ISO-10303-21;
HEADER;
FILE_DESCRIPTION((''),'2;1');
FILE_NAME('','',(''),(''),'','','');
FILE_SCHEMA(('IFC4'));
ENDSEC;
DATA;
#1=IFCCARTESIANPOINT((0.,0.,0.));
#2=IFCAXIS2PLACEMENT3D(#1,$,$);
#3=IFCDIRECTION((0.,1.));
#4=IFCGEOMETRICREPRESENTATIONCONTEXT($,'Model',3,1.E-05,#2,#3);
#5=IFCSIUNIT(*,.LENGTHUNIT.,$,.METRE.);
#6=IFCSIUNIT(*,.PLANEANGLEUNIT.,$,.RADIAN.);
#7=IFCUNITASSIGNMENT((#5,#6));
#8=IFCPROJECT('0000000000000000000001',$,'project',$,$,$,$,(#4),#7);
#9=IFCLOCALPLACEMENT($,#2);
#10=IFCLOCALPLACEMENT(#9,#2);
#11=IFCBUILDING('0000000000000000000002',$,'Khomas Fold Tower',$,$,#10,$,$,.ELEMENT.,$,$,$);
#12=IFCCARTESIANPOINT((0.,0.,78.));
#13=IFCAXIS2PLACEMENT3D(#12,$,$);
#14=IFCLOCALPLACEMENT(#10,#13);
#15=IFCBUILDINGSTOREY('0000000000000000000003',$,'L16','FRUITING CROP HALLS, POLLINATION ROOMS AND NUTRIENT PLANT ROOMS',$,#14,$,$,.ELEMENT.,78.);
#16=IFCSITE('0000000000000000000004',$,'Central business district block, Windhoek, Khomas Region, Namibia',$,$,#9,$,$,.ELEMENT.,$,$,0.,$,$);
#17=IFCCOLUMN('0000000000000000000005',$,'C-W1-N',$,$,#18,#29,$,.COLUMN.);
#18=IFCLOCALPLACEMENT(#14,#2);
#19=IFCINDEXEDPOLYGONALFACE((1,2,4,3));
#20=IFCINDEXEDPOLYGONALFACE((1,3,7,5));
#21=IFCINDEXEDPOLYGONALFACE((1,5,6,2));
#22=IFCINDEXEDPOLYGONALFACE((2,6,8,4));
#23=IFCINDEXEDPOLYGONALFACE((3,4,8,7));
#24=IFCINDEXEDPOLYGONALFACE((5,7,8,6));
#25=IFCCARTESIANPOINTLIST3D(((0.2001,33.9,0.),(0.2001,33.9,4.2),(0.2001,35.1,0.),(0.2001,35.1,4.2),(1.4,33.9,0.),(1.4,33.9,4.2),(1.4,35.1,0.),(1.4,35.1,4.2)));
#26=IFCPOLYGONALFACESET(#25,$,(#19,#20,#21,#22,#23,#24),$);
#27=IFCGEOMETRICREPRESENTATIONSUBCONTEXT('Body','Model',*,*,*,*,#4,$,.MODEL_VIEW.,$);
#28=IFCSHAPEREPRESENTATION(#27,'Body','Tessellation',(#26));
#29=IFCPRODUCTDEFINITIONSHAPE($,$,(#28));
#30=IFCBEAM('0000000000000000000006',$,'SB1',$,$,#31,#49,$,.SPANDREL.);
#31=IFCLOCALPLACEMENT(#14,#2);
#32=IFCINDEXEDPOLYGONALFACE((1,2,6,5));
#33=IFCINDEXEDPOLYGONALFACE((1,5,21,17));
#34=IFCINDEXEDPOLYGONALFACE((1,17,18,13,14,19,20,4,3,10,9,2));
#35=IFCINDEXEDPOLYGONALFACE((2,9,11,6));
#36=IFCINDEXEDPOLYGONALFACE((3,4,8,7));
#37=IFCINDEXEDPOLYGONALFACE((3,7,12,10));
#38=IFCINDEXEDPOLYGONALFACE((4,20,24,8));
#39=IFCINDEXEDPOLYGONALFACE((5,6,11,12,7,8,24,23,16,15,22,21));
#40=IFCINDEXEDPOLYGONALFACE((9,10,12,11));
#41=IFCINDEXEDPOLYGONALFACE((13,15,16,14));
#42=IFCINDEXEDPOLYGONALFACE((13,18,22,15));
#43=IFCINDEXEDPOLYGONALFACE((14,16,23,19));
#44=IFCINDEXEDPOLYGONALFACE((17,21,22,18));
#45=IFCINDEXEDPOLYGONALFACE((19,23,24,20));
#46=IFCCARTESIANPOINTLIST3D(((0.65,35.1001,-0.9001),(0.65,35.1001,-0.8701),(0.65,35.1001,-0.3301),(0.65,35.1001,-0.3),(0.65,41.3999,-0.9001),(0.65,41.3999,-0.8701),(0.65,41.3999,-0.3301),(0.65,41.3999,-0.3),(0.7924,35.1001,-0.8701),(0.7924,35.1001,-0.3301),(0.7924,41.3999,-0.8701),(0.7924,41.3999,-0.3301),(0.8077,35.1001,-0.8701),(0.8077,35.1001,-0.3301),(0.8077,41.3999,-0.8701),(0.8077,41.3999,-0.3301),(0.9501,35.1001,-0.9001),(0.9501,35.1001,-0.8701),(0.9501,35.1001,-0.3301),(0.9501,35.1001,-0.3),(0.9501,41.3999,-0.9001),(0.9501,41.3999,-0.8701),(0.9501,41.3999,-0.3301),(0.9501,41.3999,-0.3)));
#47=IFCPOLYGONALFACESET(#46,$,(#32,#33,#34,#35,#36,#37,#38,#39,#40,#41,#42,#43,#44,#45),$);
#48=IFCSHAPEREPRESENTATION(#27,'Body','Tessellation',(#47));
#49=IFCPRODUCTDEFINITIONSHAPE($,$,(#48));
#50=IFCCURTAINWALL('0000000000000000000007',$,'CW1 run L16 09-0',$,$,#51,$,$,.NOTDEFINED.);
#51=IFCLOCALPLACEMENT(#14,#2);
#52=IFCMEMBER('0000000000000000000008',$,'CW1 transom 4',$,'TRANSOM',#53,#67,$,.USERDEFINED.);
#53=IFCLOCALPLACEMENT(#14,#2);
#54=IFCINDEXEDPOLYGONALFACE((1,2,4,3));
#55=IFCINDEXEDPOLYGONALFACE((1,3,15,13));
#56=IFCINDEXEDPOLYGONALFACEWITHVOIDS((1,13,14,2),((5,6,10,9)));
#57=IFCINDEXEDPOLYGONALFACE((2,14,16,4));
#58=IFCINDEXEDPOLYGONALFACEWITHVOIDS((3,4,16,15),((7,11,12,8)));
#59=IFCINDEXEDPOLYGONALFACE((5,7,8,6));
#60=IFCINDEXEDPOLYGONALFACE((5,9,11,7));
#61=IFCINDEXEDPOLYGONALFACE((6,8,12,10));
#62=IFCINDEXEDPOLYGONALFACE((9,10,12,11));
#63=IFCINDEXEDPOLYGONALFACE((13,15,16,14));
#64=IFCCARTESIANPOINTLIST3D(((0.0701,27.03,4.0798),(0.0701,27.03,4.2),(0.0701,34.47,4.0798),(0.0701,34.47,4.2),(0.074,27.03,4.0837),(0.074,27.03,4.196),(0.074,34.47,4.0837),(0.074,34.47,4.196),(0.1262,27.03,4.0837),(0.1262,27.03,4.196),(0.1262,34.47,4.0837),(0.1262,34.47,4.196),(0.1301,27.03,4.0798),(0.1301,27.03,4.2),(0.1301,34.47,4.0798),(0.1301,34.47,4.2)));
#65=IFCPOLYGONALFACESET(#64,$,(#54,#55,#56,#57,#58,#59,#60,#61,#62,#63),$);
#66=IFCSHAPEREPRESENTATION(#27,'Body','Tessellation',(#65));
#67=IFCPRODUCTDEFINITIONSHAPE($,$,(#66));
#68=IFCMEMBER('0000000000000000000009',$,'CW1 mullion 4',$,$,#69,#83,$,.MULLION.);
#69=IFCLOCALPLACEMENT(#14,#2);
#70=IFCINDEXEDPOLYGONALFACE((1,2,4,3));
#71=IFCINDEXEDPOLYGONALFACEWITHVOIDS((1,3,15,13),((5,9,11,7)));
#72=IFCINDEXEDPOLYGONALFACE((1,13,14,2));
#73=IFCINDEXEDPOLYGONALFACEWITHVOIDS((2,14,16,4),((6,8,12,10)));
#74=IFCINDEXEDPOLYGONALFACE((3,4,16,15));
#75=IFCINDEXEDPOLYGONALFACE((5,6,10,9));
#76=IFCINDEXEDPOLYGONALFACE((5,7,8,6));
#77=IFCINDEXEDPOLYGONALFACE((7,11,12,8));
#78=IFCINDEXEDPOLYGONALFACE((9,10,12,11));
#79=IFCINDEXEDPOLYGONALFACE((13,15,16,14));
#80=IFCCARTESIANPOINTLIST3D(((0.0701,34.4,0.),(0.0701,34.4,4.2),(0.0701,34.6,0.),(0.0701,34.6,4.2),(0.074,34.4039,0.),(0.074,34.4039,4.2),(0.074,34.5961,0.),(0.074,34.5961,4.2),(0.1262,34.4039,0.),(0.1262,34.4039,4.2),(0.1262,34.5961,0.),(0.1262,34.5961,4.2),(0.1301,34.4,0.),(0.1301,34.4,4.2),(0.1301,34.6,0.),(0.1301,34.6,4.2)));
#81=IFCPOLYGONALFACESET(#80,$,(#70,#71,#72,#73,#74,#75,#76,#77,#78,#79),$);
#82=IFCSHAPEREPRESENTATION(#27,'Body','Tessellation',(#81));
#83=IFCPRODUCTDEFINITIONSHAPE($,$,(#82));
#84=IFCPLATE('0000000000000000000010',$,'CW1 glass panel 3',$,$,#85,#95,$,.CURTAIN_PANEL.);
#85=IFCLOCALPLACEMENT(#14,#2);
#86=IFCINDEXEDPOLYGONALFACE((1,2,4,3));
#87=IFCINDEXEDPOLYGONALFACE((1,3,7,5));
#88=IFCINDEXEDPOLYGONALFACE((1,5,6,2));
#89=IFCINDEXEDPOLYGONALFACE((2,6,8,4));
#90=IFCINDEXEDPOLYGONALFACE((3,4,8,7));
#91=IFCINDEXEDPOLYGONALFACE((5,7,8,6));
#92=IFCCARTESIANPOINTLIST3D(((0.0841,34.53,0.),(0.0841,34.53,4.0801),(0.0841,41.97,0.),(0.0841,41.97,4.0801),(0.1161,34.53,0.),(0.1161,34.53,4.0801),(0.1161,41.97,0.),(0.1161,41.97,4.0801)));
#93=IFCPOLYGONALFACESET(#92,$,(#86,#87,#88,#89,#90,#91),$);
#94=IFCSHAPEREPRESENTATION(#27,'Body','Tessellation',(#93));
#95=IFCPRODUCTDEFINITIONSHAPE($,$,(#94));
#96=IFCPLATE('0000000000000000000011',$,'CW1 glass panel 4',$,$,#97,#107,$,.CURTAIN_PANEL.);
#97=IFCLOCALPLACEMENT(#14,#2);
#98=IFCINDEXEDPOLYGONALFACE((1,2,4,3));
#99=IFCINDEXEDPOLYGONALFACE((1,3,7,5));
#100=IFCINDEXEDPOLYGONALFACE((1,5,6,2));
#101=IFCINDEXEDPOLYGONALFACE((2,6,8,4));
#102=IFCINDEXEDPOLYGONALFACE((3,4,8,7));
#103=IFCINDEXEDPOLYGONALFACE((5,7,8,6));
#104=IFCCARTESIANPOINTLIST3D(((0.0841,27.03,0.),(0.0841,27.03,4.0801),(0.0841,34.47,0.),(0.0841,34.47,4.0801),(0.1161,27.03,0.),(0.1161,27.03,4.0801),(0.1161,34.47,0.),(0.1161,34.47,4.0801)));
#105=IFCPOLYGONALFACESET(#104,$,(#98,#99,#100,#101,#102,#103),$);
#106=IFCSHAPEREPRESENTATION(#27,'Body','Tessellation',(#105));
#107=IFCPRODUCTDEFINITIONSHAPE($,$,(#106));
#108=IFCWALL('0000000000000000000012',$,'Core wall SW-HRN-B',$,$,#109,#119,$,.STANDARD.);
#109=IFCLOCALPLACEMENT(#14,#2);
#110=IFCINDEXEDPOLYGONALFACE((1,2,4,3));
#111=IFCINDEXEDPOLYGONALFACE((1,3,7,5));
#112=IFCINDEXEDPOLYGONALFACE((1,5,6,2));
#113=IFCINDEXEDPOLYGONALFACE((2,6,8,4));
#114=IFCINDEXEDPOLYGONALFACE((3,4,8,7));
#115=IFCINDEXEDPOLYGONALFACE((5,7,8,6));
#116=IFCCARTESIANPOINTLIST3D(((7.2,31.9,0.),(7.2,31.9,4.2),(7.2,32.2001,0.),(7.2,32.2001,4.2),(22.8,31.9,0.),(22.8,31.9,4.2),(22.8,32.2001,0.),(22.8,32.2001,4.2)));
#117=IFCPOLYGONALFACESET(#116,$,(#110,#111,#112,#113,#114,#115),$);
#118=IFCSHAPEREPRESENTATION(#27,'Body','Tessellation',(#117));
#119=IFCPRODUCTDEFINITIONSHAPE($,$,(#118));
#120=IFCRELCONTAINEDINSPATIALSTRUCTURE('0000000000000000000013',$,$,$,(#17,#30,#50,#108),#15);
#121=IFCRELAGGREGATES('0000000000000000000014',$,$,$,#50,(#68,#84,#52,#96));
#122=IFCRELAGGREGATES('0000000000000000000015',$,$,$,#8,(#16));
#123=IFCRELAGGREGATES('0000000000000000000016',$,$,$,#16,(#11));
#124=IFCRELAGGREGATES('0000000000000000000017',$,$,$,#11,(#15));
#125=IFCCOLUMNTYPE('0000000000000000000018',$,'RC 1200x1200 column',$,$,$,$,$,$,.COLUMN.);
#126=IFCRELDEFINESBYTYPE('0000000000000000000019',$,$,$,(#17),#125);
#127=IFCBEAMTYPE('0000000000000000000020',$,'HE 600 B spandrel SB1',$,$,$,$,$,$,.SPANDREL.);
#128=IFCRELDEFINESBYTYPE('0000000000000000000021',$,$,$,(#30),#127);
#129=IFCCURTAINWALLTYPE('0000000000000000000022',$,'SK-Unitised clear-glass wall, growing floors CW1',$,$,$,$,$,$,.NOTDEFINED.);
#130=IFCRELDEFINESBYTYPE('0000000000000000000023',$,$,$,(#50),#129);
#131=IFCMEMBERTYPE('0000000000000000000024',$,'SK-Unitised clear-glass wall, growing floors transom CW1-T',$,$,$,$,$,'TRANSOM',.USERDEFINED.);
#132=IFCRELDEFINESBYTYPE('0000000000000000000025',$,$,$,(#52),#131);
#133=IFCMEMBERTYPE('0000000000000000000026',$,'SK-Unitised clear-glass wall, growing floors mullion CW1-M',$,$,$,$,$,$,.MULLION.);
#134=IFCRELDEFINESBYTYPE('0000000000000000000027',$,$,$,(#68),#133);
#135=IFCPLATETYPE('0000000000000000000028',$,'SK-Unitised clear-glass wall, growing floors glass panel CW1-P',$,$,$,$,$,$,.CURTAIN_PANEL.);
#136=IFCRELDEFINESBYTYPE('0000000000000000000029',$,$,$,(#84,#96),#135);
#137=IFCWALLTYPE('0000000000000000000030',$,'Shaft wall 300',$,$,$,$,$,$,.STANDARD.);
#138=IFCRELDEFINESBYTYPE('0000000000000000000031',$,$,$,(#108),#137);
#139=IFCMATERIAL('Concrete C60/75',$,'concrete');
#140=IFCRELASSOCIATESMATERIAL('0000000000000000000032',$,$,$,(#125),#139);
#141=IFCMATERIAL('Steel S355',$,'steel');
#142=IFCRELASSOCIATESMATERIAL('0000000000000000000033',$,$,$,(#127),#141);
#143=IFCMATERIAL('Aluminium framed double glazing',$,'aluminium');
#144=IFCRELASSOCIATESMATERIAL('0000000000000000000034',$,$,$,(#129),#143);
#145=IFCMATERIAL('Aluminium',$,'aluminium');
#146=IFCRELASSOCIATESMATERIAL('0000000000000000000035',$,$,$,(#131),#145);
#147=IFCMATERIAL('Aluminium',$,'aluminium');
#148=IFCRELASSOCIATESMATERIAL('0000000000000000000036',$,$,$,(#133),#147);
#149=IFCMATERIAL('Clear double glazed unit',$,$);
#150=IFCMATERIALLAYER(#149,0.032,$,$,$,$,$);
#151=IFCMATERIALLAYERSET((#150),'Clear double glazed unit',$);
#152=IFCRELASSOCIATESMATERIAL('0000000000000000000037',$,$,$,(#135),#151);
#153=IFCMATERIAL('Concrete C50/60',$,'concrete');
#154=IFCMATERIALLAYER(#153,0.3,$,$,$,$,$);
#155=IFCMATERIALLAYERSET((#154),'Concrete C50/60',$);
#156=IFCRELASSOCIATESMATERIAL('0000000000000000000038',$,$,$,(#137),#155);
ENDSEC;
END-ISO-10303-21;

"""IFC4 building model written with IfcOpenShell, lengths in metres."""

from ifc_helpers import new_model, si_unit, direction, frame, frame_2d, origin, origin_2d, place, context, subcontext, project, spatial, rectangle, hollow_rectangle, i_section, extrude, source, transform, mapped, material, layer, layer_set, material_profile, profile_set, type_object, element, aggregate, save


model = new_model("IFC4")

# Units and contexts
model_context = context("Model", 3, precision=1e-05, world=origin(), true_north=direction((0.0, 1.0)))
body_context = subcontext(model_context, "Body", "Model", "MODEL_VIEW")
ifc_project = project(units=[si_unit("LENGTHUNIT", "METRE"), si_unit("PLANEANGLEUNIT", "RADIAN")], contexts=[model_context])

# Site, building, storey
site_placement = place(None, origin())
site = spatial("IfcSite", under=ifc_project, at=site_placement, Name="Central business district block, Windhoek, Khomas Region, Namibia", CompositionType="ELEMENT", RefElevation=0.0)
building_placement = place(site_placement, origin())
building = spatial("IfcBuilding", under=site, at=building_placement, Name="Khomas Fold Tower", CompositionType="ELEMENT")
storey_placement = place(building_placement, frame((0.0, 0.0, 78.0)))
storey = spatial("IfcBuildingStorey", under=building, at=storey_placement, Name="L16", Description="FRUITING CROP HALLS, POLLINATION ROOMS AND NUTRIENT PLANT ROOMS", CompositionType="ELEMENT", Elevation=78.0)

# Column
ifc_material_1 = material(Name="Concrete C60/75", Category="concrete")
ifc_material_profile_1 = material_profile(ifc_material_1, rectangle(XDim=1.2, YDim=1.2, at=origin_2d()), Name="RC 1200x1200")
ifc_profile_set_1 = profile_set([ifc_material_profile_1], Name="Concrete C60/75")
column_type = type_object("IfcColumnType", Name="RC 1200x1200 column", PredefinedType="COLUMN", material=ifc_profile_set_1)
shared_shape_1 = source(origin(), body_context, "Body", "SweptSolid", [
    extrude(rectangle(XDim=1.2, YDim=1.2, at=origin_2d()), origin(), (0.0, 0.0, 1.0), 4.2),
])
column_placement = place(storey_placement, frame((0.8, 34.5, 0.0), z_axis=(0.0, 0.0, 1.0), x_axis=(1.0, 0.0, 0.0)))
element("IfcColumn", 1, at=column_placement, inside=storey, type_object=column_type, Name="C-W1-N", PredefinedType="COLUMN", context=body_context, shape_type="MappedRepresentation", body=[
    mapped(shared_shape_1, transform((0.0, 0.0, 0.0))),
])

# Beam
ifc_material_2 = material(Name="Steel S355", Category="steel")
ifc_material_profile_2 = material_profile(ifc_material_2, i_section(OverallWidth=0.3, OverallDepth=0.6001, WebThickness=0.0154, FlangeThickness=0.03, at=origin_2d()), Name="HE 600 B")
ifc_profile_set_2 = profile_set([ifc_material_profile_2], Name="Steel S355")
beam_type = type_object("IfcBeamType", Name="HE 600 B spandrel SB1", PredefinedType="SPANDREL", material=ifc_profile_set_2)
shared_shape_2 = source(origin(), body_context, "Body", "SweptSolid", [
    extrude(i_section(OverallWidth=0.3, OverallDepth=0.6001, WebThickness=0.0154, FlangeThickness=0.03, at=origin_2d()), origin(), (0.0, 0.0, 1.0), 6.2998),
])
beam_placement = place(storey_placement, frame((0.8, 35.1001, -0.6001), z_axis=(0.0, 1.0, 0.0), x_axis=(-1.0, 0.0, 0.0)))
element("IfcBeam", 2, at=beam_placement, inside=storey, type_object=beam_type, Name="SB1", PredefinedType="SPANDREL", context=body_context, shape_type="MappedRepresentation", body=[
    mapped(shared_shape_2, transform((0.0, 0.0, 0.0))),
])

# Curtain wall, members, plates
ifc_material_3 = material(Name="Aluminium framed double glazing", Category="aluminium")
curtain_wall_type = type_object("IfcCurtainWallType", Name="SK-Unitised clear-glass wall, growing floors CW1", PredefinedType="NOTDEFINED", material=ifc_material_3)
curtain_wall_placement = place(storey_placement, origin())
curtain_wall = element("IfcCurtainWall", 3, at=curtain_wall_placement, inside=storey, type_object=curtain_wall_type, Name="CW1 run L16 09-0", PredefinedType="NOTDEFINED")
ifc_material_4 = material(Name="Aluminium", Category="aluminium")
ifc_material_profile_3 = material_profile(ifc_material_4, hollow_rectangle(XDim=0.0601, YDim=0.1201, WallThickness=0.0039, at=origin_2d()), Name="SK-Unitised clear-glass wall, growing floors transom CW1-T")
ifc_profile_set_3 = profile_set([ifc_material_profile_3], Name="Aluminium")
member_type_1 = type_object("IfcMemberType", Name="SK-Unitised clear-glass wall, growing floors transom CW1-T", ElementType="TRANSOM", PredefinedType="USERDEFINED", material=ifc_profile_set_3)
shared_shape_3 = source(origin(), body_context, "Body", "SweptSolid", [
    extrude(hollow_rectangle(XDim=0.0601, YDim=0.1201, WallThickness=0.0039, at=origin_2d()), origin(), (0.0, 0.0, 1.0), 7.4399),
])
member_1_placement = place(storey_placement, frame((0.1001, 34.47, 4.1399), z_axis=(0.0, -1.0, 0.0), x_axis=(1.0, 0.0, 0.0)))
member_1 = element("IfcMember", 4, at=member_1_placement, type_object=member_type_1, Name="CW1 transom 4", ObjectType="TRANSOM", PredefinedType="USERDEFINED", context=body_context, shape_type="MappedRepresentation", body=[
    mapped(shared_shape_3, transform((0.0, 0.0, 0.0))),
])
ifc_material_5 = material(Name="Aluminium", Category="aluminium")
ifc_material_profile_4 = material_profile(ifc_material_5, hollow_rectangle(XDim=0.0601, YDim=0.2, WallThickness=0.0039, at=origin_2d()), Name="SK-Unitised clear-glass wall, growing floors mullion CW1-M")
ifc_profile_set_4 = profile_set([ifc_material_profile_4], Name="Aluminium")
member_type_2 = type_object("IfcMemberType", Name="SK-Unitised clear-glass wall, growing floors mullion CW1-M", PredefinedType="MULLION", material=ifc_profile_set_4)
shared_shape_4 = source(origin(), body_context, "Body", "SweptSolid", [
    extrude(hollow_rectangle(XDim=0.0601, YDim=0.2, WallThickness=0.0039, at=origin_2d()), origin(), (0.0, 0.0, 1.0), 4.2),
])
member_2_placement = place(storey_placement, frame((0.1001, 34.5, 0.0), z_axis=(0.0, 0.0, 1.0), x_axis=(1.0, 0.0, 0.0)))
member_2 = element("IfcMember", 5, at=member_2_placement, type_object=member_type_2, Name="CW1 mullion 4", PredefinedType="MULLION", context=body_context, shape_type="MappedRepresentation", body=[
    mapped(shared_shape_4, transform((0.0, 0.0, 0.0))),
])
ifc_material_6 = material(Name="Clear double glazed unit")
ifc_layer_1 = layer(ifc_material_6, 0.032)
ifc_layer_set_1 = layer_set([ifc_layer_1], Name="Clear double glazed unit")
plate_type = type_object("IfcPlateType", Name="SK-Unitised clear-glass wall, growing floors glass panel CW1-P", PredefinedType="CURTAIN_PANEL", material=ifc_layer_set_1)
shared_shape_5 = source(origin(), body_context, "Body", "SweptSolid", [
    extrude(rectangle(XDim=7.4399, YDim=0.032, at=origin_2d()), origin(), (0.0, 0.0, 1.0), 4.0801),
])
plate_1_placement = place(storey_placement, frame((0.1001, 38.25, 0.0), z_axis=(0.0, 0.0, 1.0), x_axis=(0.0, -1.0, 0.0)))
plate_1 = element("IfcPlate", 6, at=plate_1_placement, type_object=plate_type, Name="CW1 glass panel 3", PredefinedType="CURTAIN_PANEL", context=body_context, shape_type="MappedRepresentation", body=[
    mapped(shared_shape_5, transform((0.0, 0.0, 0.0))),
])
plate_2_placement = place(storey_placement, frame((0.1001, 30.75, 0.0), z_axis=(0.0, 0.0, 1.0), x_axis=(0.0, -1.0, 0.0)))
plate_2 = element("IfcPlate", 7, at=plate_2_placement, type_object=plate_type, Name="CW1 glass panel 4", PredefinedType="CURTAIN_PANEL", context=body_context, shape_type="MappedRepresentation", body=[
    mapped(shared_shape_5, transform((0.0, 0.0, 0.0))),
])
aggregate(curtain_wall, [member_2, plate_1, member_1, plate_2])

# Wall
ifc_material_7 = material(Name="Concrete C50/60", Category="concrete")
ifc_layer_2 = layer(ifc_material_7, 0.3)
ifc_layer_set_2 = layer_set([ifc_layer_2], Name="Concrete C50/60")
wall_type_1 = type_object("IfcWallType", Name="Shaft wall 300", PredefinedType="STANDARD", material=ifc_layer_set_2)
shared_shape_6 = source(origin(), body_context, "Body", "SweptSolid", [
    extrude(rectangle(XDim=15.6001, YDim=0.3, at=frame_2d((7.8, 0.0))), origin(), (0.0, 0.0, 1.0), 4.2),
])
wall_1_placement = place(storey_placement, frame((7.2, 32.05, 0.0), z_axis=(0.0, 0.0, 1.0), x_axis=(1.0, 0.0, 0.0)))
element("IfcWall", 8, at=wall_1_placement, inside=storey, type_object=wall_type_1, Name="Core wall SW-HRN-B", PredefinedType="STANDARD", context=body_context, shape_type="MappedRepresentation", body=[
    mapped(shared_shape_6, transform((0.0, 0.0, 0.0))),
])

save(model, "model.ifc")
